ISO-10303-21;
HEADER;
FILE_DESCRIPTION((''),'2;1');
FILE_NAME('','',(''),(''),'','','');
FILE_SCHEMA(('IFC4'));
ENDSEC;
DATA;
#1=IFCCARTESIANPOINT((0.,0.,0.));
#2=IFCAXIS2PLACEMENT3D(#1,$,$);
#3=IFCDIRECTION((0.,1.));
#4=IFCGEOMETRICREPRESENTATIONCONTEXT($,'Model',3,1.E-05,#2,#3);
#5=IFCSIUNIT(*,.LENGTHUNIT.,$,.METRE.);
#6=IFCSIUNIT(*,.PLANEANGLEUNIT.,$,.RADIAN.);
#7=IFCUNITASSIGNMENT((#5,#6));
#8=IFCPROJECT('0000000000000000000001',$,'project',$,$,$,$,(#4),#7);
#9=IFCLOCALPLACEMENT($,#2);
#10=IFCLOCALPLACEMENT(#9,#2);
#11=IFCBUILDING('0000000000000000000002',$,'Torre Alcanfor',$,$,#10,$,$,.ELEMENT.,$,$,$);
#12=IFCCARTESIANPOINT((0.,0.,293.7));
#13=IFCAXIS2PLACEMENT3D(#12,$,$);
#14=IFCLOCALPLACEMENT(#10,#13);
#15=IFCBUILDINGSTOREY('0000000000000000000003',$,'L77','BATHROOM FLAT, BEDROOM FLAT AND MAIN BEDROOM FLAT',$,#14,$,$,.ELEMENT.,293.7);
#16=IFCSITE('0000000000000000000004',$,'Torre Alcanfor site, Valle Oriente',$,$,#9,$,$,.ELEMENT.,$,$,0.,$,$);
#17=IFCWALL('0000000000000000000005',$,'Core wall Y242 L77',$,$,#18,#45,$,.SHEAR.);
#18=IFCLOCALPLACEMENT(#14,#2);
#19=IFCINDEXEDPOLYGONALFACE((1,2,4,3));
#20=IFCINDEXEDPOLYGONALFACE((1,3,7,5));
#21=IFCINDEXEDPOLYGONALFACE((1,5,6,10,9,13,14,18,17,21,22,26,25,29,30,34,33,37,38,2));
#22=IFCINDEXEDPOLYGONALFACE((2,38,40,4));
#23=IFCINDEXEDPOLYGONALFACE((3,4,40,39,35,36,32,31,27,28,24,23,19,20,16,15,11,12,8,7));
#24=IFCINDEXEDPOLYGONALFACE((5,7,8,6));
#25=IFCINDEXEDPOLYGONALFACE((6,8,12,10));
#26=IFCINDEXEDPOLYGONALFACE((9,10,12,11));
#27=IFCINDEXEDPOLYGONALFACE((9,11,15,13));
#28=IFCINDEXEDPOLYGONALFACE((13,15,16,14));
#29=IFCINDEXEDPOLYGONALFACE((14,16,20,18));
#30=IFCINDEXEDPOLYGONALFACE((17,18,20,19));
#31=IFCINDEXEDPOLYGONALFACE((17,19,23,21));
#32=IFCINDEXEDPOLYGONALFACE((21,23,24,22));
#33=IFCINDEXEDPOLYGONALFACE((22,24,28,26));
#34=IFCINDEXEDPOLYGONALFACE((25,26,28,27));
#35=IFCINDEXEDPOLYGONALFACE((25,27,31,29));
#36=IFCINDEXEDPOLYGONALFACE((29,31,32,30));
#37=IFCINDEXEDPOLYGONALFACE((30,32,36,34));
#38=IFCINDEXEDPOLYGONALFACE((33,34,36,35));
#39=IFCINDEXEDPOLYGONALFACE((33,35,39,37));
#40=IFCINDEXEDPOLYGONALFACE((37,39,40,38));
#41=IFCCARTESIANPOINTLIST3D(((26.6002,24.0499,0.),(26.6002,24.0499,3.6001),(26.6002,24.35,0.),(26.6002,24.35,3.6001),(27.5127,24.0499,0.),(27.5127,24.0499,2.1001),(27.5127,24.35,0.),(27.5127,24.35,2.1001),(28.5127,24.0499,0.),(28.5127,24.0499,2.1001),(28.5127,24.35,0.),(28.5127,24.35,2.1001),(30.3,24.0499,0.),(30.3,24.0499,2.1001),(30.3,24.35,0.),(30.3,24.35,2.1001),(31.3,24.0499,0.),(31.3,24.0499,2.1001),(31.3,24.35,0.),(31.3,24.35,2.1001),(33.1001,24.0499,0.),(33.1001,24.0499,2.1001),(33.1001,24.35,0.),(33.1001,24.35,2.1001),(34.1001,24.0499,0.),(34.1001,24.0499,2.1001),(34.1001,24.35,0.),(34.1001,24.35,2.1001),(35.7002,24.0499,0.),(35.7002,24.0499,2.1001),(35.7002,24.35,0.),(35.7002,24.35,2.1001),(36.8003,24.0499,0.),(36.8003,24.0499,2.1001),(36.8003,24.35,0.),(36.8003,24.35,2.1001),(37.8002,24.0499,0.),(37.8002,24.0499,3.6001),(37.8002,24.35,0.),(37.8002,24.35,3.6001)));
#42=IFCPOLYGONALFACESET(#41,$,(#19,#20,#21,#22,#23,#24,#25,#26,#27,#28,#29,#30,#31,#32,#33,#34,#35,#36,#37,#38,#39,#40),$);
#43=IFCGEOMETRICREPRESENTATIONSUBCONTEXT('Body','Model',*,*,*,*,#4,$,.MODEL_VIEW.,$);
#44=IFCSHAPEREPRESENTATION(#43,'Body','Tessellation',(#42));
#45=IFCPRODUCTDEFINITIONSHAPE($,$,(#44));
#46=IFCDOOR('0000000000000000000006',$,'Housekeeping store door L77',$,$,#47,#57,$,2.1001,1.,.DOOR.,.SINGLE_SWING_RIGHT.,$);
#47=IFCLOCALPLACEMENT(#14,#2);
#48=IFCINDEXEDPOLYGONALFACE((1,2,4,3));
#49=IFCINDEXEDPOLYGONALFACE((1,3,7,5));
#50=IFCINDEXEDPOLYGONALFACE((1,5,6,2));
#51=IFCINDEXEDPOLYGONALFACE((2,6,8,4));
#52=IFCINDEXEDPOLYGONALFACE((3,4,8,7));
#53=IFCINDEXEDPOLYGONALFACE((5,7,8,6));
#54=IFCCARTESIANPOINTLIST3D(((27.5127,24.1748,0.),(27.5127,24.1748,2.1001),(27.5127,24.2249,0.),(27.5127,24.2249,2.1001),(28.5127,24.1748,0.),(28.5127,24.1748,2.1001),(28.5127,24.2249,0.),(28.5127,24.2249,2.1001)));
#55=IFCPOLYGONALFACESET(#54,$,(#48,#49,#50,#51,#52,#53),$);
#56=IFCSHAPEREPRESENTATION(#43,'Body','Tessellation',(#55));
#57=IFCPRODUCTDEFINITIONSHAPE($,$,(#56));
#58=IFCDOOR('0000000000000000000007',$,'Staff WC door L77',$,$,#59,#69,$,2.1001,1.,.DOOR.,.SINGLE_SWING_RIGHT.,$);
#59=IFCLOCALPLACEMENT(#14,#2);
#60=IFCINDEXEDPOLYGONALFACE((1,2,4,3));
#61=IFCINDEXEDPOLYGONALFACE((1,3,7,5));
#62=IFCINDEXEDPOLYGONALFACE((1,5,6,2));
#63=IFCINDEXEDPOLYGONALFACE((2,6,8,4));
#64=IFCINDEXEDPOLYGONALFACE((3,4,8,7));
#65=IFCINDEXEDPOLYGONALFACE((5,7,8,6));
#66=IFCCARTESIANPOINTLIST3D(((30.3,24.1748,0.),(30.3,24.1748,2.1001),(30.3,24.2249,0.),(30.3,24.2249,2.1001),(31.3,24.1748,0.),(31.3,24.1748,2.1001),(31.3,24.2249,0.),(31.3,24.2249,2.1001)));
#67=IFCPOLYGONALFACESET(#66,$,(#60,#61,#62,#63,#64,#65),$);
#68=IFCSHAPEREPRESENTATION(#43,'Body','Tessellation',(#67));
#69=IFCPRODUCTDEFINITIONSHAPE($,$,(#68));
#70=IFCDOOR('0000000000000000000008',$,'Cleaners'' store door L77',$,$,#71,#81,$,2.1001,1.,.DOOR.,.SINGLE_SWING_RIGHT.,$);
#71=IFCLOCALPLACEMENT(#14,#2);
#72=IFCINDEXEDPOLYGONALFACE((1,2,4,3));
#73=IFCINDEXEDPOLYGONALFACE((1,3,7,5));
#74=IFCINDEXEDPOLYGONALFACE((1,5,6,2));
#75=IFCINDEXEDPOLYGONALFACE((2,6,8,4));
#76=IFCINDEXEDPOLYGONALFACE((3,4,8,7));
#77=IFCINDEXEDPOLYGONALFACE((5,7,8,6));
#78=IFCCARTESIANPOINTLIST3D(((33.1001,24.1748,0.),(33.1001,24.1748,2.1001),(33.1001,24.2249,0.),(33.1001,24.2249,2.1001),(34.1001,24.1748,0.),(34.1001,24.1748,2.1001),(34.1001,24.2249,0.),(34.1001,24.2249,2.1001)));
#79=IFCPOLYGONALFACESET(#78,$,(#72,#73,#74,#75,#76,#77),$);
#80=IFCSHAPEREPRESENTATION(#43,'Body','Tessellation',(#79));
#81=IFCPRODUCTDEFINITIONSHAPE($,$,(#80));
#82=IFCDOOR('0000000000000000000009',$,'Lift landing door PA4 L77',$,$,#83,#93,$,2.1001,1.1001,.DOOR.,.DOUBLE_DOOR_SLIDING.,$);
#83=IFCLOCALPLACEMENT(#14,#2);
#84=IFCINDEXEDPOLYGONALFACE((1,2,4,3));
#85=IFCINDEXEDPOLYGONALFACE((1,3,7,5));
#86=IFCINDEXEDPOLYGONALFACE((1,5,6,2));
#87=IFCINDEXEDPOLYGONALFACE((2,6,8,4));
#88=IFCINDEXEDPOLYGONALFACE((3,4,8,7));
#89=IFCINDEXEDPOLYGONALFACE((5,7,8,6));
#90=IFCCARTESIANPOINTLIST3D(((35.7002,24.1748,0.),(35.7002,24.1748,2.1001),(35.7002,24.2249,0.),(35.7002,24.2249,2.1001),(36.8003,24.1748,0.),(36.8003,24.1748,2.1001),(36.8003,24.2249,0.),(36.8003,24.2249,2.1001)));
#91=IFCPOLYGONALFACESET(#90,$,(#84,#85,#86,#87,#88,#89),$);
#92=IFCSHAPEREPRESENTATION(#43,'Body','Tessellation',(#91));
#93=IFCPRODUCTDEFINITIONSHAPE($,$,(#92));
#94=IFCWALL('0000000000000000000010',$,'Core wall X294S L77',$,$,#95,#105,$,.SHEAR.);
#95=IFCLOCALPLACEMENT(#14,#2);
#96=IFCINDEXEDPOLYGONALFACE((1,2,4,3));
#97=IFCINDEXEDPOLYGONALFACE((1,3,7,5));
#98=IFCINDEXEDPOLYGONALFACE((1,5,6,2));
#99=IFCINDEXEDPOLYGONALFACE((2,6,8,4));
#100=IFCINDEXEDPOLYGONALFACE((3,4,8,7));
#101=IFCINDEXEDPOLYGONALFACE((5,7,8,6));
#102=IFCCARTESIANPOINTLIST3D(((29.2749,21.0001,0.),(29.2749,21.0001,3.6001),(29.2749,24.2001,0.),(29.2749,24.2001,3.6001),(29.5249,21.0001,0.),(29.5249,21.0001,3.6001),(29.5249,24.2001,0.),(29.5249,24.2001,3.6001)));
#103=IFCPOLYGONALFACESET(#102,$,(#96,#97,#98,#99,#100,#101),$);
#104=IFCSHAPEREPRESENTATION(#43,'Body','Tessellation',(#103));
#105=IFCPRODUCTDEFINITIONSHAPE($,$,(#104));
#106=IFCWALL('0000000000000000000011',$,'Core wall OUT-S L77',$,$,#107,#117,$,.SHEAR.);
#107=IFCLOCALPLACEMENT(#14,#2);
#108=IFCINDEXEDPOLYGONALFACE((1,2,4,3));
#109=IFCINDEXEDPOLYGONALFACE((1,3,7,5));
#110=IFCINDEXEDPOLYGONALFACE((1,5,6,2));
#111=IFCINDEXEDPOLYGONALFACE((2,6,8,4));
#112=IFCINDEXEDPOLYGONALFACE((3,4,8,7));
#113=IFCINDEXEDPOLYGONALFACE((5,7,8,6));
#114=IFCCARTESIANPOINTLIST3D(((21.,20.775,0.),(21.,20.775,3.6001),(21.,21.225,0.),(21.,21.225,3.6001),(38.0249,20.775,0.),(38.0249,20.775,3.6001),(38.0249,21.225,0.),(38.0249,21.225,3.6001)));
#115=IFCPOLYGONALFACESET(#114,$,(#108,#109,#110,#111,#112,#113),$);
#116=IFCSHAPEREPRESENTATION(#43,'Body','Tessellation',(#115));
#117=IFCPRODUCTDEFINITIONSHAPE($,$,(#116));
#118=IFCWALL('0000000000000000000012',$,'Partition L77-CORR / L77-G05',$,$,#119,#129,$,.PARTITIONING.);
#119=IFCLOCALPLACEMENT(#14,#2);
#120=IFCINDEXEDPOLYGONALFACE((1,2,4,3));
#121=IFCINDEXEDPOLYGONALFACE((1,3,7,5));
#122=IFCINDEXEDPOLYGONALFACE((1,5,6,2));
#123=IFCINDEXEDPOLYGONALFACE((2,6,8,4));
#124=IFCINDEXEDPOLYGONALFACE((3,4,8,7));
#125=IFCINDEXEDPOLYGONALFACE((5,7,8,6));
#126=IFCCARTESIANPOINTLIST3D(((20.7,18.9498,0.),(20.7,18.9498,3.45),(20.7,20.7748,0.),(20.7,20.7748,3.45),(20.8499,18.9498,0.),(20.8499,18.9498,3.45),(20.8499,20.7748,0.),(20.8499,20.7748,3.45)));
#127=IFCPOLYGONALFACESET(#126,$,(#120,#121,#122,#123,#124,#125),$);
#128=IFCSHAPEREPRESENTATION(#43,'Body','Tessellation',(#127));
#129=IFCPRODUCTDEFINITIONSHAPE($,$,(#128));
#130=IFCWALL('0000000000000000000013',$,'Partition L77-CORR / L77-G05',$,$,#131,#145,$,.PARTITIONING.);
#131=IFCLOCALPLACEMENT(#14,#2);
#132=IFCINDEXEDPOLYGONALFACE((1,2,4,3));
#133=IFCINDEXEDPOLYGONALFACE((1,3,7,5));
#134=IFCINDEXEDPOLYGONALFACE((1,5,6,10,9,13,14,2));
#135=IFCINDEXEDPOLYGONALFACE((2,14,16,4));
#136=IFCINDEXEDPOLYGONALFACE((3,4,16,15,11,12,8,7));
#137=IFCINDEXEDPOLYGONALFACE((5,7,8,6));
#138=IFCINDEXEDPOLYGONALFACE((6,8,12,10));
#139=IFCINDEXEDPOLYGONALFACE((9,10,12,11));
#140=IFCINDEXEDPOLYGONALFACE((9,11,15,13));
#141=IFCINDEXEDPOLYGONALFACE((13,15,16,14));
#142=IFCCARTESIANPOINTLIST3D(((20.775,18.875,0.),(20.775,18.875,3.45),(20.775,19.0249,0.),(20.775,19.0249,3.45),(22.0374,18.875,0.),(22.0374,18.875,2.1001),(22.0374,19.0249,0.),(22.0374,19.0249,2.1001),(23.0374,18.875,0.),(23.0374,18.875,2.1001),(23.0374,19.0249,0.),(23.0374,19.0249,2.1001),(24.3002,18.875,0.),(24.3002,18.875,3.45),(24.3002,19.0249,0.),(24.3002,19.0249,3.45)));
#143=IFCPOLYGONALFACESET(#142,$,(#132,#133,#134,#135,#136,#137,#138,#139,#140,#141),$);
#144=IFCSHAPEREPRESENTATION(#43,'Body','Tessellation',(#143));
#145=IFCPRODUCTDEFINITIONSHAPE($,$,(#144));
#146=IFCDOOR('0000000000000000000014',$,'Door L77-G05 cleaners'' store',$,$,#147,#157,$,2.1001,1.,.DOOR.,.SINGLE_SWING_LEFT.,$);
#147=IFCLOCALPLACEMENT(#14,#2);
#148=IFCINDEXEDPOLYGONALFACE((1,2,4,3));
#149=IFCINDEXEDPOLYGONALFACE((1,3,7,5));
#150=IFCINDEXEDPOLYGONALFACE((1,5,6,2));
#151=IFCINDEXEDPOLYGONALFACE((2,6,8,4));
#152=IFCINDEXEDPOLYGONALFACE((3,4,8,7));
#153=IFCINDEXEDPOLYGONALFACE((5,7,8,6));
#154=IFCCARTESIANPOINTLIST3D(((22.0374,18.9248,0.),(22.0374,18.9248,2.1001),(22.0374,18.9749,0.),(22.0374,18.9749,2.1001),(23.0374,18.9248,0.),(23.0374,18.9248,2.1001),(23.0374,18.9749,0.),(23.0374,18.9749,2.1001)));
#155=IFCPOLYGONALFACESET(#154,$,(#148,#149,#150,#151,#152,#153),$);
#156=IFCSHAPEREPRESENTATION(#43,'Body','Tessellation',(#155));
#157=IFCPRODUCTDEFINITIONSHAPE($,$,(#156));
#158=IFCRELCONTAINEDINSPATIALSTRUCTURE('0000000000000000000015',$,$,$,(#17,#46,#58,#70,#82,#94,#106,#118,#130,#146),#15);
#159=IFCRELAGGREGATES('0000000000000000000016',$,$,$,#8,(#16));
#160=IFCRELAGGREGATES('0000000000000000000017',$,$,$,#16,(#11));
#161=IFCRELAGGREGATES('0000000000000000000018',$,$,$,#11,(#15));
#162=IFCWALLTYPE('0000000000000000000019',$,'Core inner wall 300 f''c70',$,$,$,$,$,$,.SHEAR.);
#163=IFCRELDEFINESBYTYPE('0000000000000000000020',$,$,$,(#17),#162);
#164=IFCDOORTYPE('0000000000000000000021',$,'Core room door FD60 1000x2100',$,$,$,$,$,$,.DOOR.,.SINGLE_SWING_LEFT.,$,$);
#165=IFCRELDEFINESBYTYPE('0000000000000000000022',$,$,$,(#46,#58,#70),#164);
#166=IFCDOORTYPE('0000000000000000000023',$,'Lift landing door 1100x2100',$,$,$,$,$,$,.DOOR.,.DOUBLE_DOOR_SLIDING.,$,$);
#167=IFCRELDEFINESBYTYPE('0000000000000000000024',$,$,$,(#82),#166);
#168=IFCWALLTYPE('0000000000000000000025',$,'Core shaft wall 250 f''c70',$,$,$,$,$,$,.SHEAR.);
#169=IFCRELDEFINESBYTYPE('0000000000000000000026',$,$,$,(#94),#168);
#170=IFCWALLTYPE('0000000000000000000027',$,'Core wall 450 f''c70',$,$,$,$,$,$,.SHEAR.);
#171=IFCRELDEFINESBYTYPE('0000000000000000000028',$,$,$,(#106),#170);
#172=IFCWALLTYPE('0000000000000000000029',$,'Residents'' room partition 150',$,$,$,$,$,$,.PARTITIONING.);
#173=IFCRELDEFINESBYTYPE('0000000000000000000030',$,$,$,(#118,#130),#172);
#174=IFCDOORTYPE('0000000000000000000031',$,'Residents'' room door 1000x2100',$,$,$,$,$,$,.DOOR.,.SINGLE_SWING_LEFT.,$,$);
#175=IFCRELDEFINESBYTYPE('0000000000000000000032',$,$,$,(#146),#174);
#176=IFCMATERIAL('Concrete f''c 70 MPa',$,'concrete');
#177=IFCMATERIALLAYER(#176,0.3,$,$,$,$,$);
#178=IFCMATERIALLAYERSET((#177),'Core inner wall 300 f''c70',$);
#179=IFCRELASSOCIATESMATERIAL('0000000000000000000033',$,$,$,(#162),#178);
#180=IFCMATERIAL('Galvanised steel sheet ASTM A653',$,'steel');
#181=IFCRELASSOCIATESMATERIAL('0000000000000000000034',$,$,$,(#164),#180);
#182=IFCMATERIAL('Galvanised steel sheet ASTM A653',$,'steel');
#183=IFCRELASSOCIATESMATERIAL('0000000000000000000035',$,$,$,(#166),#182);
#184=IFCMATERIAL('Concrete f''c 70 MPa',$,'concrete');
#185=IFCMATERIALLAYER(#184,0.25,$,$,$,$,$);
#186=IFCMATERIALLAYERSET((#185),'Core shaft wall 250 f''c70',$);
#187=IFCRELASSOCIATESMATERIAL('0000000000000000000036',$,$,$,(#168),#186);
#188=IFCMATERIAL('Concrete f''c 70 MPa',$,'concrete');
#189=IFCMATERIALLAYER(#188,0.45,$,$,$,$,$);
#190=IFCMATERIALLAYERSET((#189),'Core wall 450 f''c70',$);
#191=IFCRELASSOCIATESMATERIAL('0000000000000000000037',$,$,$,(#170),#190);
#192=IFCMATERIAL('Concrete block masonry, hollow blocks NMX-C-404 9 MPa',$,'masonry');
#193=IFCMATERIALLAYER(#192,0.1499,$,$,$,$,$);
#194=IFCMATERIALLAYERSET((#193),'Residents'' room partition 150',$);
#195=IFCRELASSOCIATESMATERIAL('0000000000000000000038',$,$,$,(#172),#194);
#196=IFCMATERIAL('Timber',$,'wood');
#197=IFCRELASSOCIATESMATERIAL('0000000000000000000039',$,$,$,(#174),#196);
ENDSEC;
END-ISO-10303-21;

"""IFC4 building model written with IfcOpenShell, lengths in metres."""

from ifc_helpers import new_model, si_unit, direction, frame, frame_2d, origin, place, context, subcontext, project, spatial, rectangle, extrude, material, layer, layer_set, type_object, element, fill, save


model = new_model("IFC4")

# Units and contexts
model_context = context("Model", 3, precision=1e-05, world=origin(), true_north=direction((0.0, 1.0)))
body_context = subcontext(model_context, "Body", "Model", "MODEL_VIEW")
ifc_project = project(units=[si_unit("LENGTHUNIT", "METRE"), si_unit("PLANEANGLEUNIT", "RADIAN")], contexts=[model_context])

# Site, building, storey
site_placement = place(None, origin())
site = spatial("IfcSite", under=ifc_project, at=site_placement, Name="Torre Alcanfor site, Valle Oriente", CompositionType="ELEMENT", RefElevation=0.0)
building_placement = place(site_placement, origin())
building = spatial("IfcBuilding", under=site, at=building_placement, Name="Torre Alcanfor", CompositionType="ELEMENT")
storey_placement = place(building_placement, frame((0.0, 0.0, 293.7)))
storey = spatial("IfcBuildingStorey", under=building, at=storey_placement, Name="L77", Description="BATHROOM FLAT, BEDROOM FLAT AND MAIN BEDROOM FLAT", CompositionType="ELEMENT", Elevation=293.7)

# Shared definitions
ifc_material_1 = material(Name="Concrete f'c 70 MPa", Category="concrete")
ifc_layer_1 = layer(ifc_material_1, 0.3)
ifc_layer_set_1 = layer_set([ifc_layer_1], Name="Core inner wall 300 f'c70")
wall_type_1 = type_object("IfcWallType", Name="Core inner wall 300 f'c70", PredefinedType="SHEAR", material=ifc_layer_set_1)

# Wall, openings, doors
wall_1_placement = place(storey_placement, frame((26.6001, 24.2, 0.0), z_axis=(0.0, 0.0, 1.0), x_axis=(1.0, 0.0, 0.0)))
wall_1 = element("IfcWall", 1, at=wall_1_placement, inside=storey, type_object=wall_type_1, Name="Core wall Y242 L77", PredefinedType="SHEAR", context=body_context, shape_type="SweptSolid", body=[
    extrude(rectangle(XDim=11.2, YDim=0.3, at=frame_2d((5.6001, 0.0))), origin(), (0.0, 0.0, 1.0), 3.6001),
])
opening_1_placement = place(wall_1_placement, frame((0.9126, 0.0, 0.0)))
opening_1 = element("IfcOpeningElement", 2, at=opening_1_placement, cuts=wall_1, PredefinedType="OPENING", context=body_context, shape_type="SweptSolid", body=[
    extrude(rectangle(XDim=1.0, YDim=2.1001, at=frame_2d((0.5, 1.05))), frame((0.0, 0.1599, 0.0), z_axis=(0.0, -1.0, 0.0), x_axis=(1.0, 0.0, 0.0)), (0.0, 0.0, 1.0), 0.3201),
])
opening_2_placement = place(wall_1_placement, frame((3.7, 0.0, 0.0)))
opening_2 = element("IfcOpeningElement", 3, at=opening_2_placement, cuts=wall_1, PredefinedType="OPENING", context=body_context, shape_type="SweptSolid", body=[
    extrude(rectangle(XDim=1.0, YDim=2.1001, at=frame_2d((0.5, 1.05))), frame((0.0, 0.1599, 0.0), z_axis=(0.0, -1.0, 0.0), x_axis=(1.0, 0.0, 0.0)), (0.0, 0.0, 1.0), 0.3201),
])
opening_3_placement = place(wall_1_placement, frame((6.5, 0.0, 0.0)))
opening_3 = element("IfcOpeningElement", 4, at=opening_3_placement, cuts=wall_1, PredefinedType="OPENING", context=body_context, shape_type="SweptSolid", body=[
    extrude(rectangle(XDim=1.0, YDim=2.1001, at=frame_2d((0.5, 1.05))), frame((0.0, 0.1599, 0.0), z_axis=(0.0, -1.0, 0.0), x_axis=(1.0, 0.0, 0.0)), (0.0, 0.0, 1.0), 0.3201),
])
opening_4_placement = place(wall_1_placement, frame((9.1001, 0.0, 0.0)))
opening_4 = element("IfcOpeningElement", 5, at=opening_4_placement, cuts=wall_1, PredefinedType="OPENING", context=body_context, shape_type="SweptSolid", body=[
    extrude(rectangle(XDim=1.1001, YDim=2.1001, at=frame_2d((0.55, 1.05))), frame((0.0, 0.1599, 0.0), z_axis=(0.0, -1.0, 0.0), x_axis=(1.0, 0.0, 0.0)), (0.0, 0.0, 1.0), 0.3201),
])
ifc_material_2 = material(Name="Galvanised steel sheet ASTM A653", Category="steel")
door_type_1 = type_object("IfcDoorType", Name="Core room door FD60 1000x2100", OperationType="SINGLE_SWING_LEFT", PredefinedType="DOOR", material=ifc_material_2)
door_1_placement = place(opening_1_placement, frame((1.0, 0.0, 0.0), z_axis=(0.0, 0.0, 1.0), x_axis=(-1.0, 0.0, 0.0)))
door_1 = element("IfcDoor", 6, at=door_1_placement, inside=storey, type_object=door_type_1, Name="Housekeeping store door L77", OperationType="SINGLE_SWING_RIGHT", OverallHeight=2.1001, OverallWidth=1.0, PredefinedType="DOOR", context=body_context, shape_type="SweptSolid", body=[
    extrude(rectangle(XDim=1.0, YDim=2.1001, at=frame_2d((0.5, 1.05))), frame((0.0, 0.0251, 0.0), z_axis=(0.0, -1.0, 0.0), x_axis=(1.0, 0.0, 0.0)), (0.0, 0.0, 1.0), 0.05),
])
fill(opening_1, door_1)
door_2_placement = place(opening_2_placement, frame((1.0, 0.0, 0.0), z_axis=(0.0, 0.0, 1.0), x_axis=(-1.0, 0.0, 0.0)))
door_2 = element("IfcDoor", 7, at=door_2_placement, inside=storey, type_object=door_type_1, Name="Staff WC door L77", OperationType="SINGLE_SWING_RIGHT", OverallHeight=2.1001, OverallWidth=1.0, PredefinedType="DOOR", context=body_context, shape_type="SweptSolid", body=[
    extrude(rectangle(XDim=1.0, YDim=2.1001, at=frame_2d((0.5, 1.05))), frame((0.0, 0.0251, 0.0), z_axis=(0.0, -1.0, 0.0), x_axis=(1.0, 0.0, 0.0)), (0.0, 0.0, 1.0), 0.05),
])
fill(opening_2, door_2)
door_3_placement = place(opening_3_placement, frame((1.0, 0.0, 0.0), z_axis=(0.0, 0.0, 1.0), x_axis=(-1.0, 0.0, 0.0)))
door_3 = element("IfcDoor", 8, at=door_3_placement, inside=storey, type_object=door_type_1, Name="Cleaners' store door L77", OperationType="SINGLE_SWING_RIGHT", OverallHeight=2.1001, OverallWidth=1.0, PredefinedType="DOOR", context=body_context, shape_type="SweptSolid", body=[
    extrude(rectangle(XDim=1.0, YDim=2.1001, at=frame_2d((0.5, 1.05))), frame((0.0, 0.0251, 0.0), z_axis=(0.0, -1.0, 0.0), x_axis=(1.0, 0.0, 0.0)), (0.0, 0.0, 1.0), 0.05),
])
fill(opening_3, door_3)
ifc_material_3 = material(Name="Galvanised steel sheet ASTM A653", Category="steel")
door_type_2 = type_object("IfcDoorType", Name="Lift landing door 1100x2100", OperationType="DOUBLE_DOOR_SLIDING", PredefinedType="DOOR", material=ifc_material_3)
door_4_placement = place(opening_4_placement, origin())
door_4 = element("IfcDoor", 9, at=door_4_placement, inside=storey, type_object=door_type_2, Name="Lift landing door PA4 L77", OperationType="DOUBLE_DOOR_SLIDING", OverallHeight=2.1001, OverallWidth=1.1001, PredefinedType="DOOR", context=body_context, shape_type="SweptSolid", body=[
    extrude(rectangle(XDim=1.1001, YDim=2.1001, at=frame_2d((0.55, 1.05))), frame((0.0, 0.0249, 0.0), z_axis=(0.0, -1.0, 0.0), x_axis=(1.0, 0.0, 0.0)), (0.0, 0.0, 1.0), 0.05),
])
fill(opening_4, door_4)

# Walls
ifc_material_4 = material(Name="Concrete f'c 70 MPa", Category="concrete")
ifc_layer_2 = layer(ifc_material_4, 0.25)
ifc_layer_set_2 = layer_set([ifc_layer_2], Name="Core shaft wall 250 f'c70")
wall_type_2 = type_object("IfcWallType", Name="Core shaft wall 250 f'c70", PredefinedType="SHEAR", material=ifc_layer_set_2)
wall_2_placement = place(storey_placement, frame((29.3999, 21.0, 0.0), z_axis=(0.0, 0.0, 1.0), x_axis=(0.0, 1.0, 0.0)))
element("IfcWall", 10, at=wall_2_placement, inside=storey, type_object=wall_type_2, Name="Core wall X294S L77", PredefinedType="SHEAR", context=body_context, shape_type="SweptSolid", body=[
    extrude(rectangle(XDim=3.2, YDim=0.25, at=frame_2d((1.6001, 0.0))), origin(), (0.0, 0.0, 1.0), 3.6001),
])
ifc_material_5 = material(Name="Concrete f'c 70 MPa", Category="concrete")
ifc_layer_3 = layer(ifc_material_5, 0.45)
ifc_layer_set_3 = layer_set([ifc_layer_3], Name="Core wall 450 f'c70")
wall_type_3 = type_object("IfcWallType", Name="Core wall 450 f'c70", PredefinedType="SHEAR", material=ifc_layer_set_3)
wall_3_placement = place(storey_placement, frame((21.0, 21.0, 0.0), z_axis=(0.0, 0.0, 1.0), x_axis=(1.0, 0.0, 0.0)))
element("IfcWall", 11, at=wall_3_placement, inside=storey, type_object=wall_type_3, Name="Core wall OUT-S L77", PredefinedType="SHEAR", context=body_context, shape_type="SweptSolid", body=[
    extrude(rectangle(XDim=17.0249, YDim=0.45, at=frame_2d((8.5125, 0.0))), origin(), (0.0, 0.0, 1.0), 3.6001),
])
ifc_material_6 = material(Name="Concrete block masonry, hollow blocks NMX-C-404 9 MPa", Category="masonry")
ifc_layer_4 = layer(ifc_material_6, 0.1499)
ifc_layer_set_4 = layer_set([ifc_layer_4], Name="Residents' room partition 150")
wall_type_4 = type_object("IfcWallType", Name="Residents' room partition 150", PredefinedType="PARTITIONING", material=ifc_layer_set_4)
wall_4_placement = place(storey_placement, frame((20.7749, 20.7749, 0.0), z_axis=(0.0, 0.0, 1.0), x_axis=(0.0, -1.0, 0.0)))
element("IfcWall", 12, at=wall_4_placement, inside=storey, type_object=wall_type_4, Name="Partition L77-CORR / L77-G05", PredefinedType="PARTITIONING", context=body_context, shape_type="SweptSolid", body=[
    extrude(rectangle(XDim=1.825, YDim=0.1499, at=frame_2d((0.9126, 0.0))), origin(), (0.0, 0.0, 1.0), 3.45),
])

# Wall, opening, door
wall_5_placement = place(storey_placement, frame((20.7749, 18.95, 0.0), z_axis=(0.0, 0.0, 1.0), x_axis=(1.0, 0.0, 0.0)))
wall_5 = element("IfcWall", 13, at=wall_5_placement, inside=storey, type_object=wall_type_4, Name="Partition L77-CORR / L77-G05", PredefinedType="PARTITIONING", context=body_context, shape_type="SweptSolid", body=[
    extrude(rectangle(XDim=3.5251, YDim=0.1499, at=frame_2d((1.7627, 0.0))), origin(), (0.0, 0.0, 1.0), 3.45),
])
opening_5_placement = place(wall_5_placement, frame((1.2625, 0.0, 0.0)))
opening_5 = element("IfcOpeningElement", 14, at=opening_5_placement, cuts=wall_5, PredefinedType="OPENING", context=body_context, shape_type="SweptSolid", body=[
    extrude(rectangle(XDim=1.0, YDim=2.1001, at=frame_2d((0.5, 1.05))), frame((0.0, 0.085, 0.0), z_axis=(0.0, -1.0, 0.0), x_axis=(1.0, 0.0, 0.0)), (0.0, 0.0, 1.0), 0.1699),
])
ifc_material_7 = material(Name="Timber", Category="wood")
door_type_3 = type_object("IfcDoorType", Name="Residents' room door 1000x2100", OperationType="SINGLE_SWING_LEFT", PredefinedType="DOOR", material=ifc_material_7)
door_5_placement = place(opening_5_placement, origin())
door_5 = element("IfcDoor", 15, at=door_5_placement, inside=storey, type_object=door_type_3, Name="Door L77-G05 cleaners' store", OperationType="SINGLE_SWING_LEFT", OverallHeight=2.1001, OverallWidth=1.0, PredefinedType="DOOR", context=body_context, shape_type="SweptSolid", body=[
    extrude(rectangle(XDim=1.0, YDim=2.1001, at=frame_2d((0.5, 1.05))), frame((0.0, 0.0249, 0.0), z_axis=(0.0, -1.0, 0.0), x_axis=(1.0, 0.0, 0.0)), (0.0, 0.0, 1.0), 0.05),
])
fill(opening_5, door_5)

save(model, "model.ifc")
